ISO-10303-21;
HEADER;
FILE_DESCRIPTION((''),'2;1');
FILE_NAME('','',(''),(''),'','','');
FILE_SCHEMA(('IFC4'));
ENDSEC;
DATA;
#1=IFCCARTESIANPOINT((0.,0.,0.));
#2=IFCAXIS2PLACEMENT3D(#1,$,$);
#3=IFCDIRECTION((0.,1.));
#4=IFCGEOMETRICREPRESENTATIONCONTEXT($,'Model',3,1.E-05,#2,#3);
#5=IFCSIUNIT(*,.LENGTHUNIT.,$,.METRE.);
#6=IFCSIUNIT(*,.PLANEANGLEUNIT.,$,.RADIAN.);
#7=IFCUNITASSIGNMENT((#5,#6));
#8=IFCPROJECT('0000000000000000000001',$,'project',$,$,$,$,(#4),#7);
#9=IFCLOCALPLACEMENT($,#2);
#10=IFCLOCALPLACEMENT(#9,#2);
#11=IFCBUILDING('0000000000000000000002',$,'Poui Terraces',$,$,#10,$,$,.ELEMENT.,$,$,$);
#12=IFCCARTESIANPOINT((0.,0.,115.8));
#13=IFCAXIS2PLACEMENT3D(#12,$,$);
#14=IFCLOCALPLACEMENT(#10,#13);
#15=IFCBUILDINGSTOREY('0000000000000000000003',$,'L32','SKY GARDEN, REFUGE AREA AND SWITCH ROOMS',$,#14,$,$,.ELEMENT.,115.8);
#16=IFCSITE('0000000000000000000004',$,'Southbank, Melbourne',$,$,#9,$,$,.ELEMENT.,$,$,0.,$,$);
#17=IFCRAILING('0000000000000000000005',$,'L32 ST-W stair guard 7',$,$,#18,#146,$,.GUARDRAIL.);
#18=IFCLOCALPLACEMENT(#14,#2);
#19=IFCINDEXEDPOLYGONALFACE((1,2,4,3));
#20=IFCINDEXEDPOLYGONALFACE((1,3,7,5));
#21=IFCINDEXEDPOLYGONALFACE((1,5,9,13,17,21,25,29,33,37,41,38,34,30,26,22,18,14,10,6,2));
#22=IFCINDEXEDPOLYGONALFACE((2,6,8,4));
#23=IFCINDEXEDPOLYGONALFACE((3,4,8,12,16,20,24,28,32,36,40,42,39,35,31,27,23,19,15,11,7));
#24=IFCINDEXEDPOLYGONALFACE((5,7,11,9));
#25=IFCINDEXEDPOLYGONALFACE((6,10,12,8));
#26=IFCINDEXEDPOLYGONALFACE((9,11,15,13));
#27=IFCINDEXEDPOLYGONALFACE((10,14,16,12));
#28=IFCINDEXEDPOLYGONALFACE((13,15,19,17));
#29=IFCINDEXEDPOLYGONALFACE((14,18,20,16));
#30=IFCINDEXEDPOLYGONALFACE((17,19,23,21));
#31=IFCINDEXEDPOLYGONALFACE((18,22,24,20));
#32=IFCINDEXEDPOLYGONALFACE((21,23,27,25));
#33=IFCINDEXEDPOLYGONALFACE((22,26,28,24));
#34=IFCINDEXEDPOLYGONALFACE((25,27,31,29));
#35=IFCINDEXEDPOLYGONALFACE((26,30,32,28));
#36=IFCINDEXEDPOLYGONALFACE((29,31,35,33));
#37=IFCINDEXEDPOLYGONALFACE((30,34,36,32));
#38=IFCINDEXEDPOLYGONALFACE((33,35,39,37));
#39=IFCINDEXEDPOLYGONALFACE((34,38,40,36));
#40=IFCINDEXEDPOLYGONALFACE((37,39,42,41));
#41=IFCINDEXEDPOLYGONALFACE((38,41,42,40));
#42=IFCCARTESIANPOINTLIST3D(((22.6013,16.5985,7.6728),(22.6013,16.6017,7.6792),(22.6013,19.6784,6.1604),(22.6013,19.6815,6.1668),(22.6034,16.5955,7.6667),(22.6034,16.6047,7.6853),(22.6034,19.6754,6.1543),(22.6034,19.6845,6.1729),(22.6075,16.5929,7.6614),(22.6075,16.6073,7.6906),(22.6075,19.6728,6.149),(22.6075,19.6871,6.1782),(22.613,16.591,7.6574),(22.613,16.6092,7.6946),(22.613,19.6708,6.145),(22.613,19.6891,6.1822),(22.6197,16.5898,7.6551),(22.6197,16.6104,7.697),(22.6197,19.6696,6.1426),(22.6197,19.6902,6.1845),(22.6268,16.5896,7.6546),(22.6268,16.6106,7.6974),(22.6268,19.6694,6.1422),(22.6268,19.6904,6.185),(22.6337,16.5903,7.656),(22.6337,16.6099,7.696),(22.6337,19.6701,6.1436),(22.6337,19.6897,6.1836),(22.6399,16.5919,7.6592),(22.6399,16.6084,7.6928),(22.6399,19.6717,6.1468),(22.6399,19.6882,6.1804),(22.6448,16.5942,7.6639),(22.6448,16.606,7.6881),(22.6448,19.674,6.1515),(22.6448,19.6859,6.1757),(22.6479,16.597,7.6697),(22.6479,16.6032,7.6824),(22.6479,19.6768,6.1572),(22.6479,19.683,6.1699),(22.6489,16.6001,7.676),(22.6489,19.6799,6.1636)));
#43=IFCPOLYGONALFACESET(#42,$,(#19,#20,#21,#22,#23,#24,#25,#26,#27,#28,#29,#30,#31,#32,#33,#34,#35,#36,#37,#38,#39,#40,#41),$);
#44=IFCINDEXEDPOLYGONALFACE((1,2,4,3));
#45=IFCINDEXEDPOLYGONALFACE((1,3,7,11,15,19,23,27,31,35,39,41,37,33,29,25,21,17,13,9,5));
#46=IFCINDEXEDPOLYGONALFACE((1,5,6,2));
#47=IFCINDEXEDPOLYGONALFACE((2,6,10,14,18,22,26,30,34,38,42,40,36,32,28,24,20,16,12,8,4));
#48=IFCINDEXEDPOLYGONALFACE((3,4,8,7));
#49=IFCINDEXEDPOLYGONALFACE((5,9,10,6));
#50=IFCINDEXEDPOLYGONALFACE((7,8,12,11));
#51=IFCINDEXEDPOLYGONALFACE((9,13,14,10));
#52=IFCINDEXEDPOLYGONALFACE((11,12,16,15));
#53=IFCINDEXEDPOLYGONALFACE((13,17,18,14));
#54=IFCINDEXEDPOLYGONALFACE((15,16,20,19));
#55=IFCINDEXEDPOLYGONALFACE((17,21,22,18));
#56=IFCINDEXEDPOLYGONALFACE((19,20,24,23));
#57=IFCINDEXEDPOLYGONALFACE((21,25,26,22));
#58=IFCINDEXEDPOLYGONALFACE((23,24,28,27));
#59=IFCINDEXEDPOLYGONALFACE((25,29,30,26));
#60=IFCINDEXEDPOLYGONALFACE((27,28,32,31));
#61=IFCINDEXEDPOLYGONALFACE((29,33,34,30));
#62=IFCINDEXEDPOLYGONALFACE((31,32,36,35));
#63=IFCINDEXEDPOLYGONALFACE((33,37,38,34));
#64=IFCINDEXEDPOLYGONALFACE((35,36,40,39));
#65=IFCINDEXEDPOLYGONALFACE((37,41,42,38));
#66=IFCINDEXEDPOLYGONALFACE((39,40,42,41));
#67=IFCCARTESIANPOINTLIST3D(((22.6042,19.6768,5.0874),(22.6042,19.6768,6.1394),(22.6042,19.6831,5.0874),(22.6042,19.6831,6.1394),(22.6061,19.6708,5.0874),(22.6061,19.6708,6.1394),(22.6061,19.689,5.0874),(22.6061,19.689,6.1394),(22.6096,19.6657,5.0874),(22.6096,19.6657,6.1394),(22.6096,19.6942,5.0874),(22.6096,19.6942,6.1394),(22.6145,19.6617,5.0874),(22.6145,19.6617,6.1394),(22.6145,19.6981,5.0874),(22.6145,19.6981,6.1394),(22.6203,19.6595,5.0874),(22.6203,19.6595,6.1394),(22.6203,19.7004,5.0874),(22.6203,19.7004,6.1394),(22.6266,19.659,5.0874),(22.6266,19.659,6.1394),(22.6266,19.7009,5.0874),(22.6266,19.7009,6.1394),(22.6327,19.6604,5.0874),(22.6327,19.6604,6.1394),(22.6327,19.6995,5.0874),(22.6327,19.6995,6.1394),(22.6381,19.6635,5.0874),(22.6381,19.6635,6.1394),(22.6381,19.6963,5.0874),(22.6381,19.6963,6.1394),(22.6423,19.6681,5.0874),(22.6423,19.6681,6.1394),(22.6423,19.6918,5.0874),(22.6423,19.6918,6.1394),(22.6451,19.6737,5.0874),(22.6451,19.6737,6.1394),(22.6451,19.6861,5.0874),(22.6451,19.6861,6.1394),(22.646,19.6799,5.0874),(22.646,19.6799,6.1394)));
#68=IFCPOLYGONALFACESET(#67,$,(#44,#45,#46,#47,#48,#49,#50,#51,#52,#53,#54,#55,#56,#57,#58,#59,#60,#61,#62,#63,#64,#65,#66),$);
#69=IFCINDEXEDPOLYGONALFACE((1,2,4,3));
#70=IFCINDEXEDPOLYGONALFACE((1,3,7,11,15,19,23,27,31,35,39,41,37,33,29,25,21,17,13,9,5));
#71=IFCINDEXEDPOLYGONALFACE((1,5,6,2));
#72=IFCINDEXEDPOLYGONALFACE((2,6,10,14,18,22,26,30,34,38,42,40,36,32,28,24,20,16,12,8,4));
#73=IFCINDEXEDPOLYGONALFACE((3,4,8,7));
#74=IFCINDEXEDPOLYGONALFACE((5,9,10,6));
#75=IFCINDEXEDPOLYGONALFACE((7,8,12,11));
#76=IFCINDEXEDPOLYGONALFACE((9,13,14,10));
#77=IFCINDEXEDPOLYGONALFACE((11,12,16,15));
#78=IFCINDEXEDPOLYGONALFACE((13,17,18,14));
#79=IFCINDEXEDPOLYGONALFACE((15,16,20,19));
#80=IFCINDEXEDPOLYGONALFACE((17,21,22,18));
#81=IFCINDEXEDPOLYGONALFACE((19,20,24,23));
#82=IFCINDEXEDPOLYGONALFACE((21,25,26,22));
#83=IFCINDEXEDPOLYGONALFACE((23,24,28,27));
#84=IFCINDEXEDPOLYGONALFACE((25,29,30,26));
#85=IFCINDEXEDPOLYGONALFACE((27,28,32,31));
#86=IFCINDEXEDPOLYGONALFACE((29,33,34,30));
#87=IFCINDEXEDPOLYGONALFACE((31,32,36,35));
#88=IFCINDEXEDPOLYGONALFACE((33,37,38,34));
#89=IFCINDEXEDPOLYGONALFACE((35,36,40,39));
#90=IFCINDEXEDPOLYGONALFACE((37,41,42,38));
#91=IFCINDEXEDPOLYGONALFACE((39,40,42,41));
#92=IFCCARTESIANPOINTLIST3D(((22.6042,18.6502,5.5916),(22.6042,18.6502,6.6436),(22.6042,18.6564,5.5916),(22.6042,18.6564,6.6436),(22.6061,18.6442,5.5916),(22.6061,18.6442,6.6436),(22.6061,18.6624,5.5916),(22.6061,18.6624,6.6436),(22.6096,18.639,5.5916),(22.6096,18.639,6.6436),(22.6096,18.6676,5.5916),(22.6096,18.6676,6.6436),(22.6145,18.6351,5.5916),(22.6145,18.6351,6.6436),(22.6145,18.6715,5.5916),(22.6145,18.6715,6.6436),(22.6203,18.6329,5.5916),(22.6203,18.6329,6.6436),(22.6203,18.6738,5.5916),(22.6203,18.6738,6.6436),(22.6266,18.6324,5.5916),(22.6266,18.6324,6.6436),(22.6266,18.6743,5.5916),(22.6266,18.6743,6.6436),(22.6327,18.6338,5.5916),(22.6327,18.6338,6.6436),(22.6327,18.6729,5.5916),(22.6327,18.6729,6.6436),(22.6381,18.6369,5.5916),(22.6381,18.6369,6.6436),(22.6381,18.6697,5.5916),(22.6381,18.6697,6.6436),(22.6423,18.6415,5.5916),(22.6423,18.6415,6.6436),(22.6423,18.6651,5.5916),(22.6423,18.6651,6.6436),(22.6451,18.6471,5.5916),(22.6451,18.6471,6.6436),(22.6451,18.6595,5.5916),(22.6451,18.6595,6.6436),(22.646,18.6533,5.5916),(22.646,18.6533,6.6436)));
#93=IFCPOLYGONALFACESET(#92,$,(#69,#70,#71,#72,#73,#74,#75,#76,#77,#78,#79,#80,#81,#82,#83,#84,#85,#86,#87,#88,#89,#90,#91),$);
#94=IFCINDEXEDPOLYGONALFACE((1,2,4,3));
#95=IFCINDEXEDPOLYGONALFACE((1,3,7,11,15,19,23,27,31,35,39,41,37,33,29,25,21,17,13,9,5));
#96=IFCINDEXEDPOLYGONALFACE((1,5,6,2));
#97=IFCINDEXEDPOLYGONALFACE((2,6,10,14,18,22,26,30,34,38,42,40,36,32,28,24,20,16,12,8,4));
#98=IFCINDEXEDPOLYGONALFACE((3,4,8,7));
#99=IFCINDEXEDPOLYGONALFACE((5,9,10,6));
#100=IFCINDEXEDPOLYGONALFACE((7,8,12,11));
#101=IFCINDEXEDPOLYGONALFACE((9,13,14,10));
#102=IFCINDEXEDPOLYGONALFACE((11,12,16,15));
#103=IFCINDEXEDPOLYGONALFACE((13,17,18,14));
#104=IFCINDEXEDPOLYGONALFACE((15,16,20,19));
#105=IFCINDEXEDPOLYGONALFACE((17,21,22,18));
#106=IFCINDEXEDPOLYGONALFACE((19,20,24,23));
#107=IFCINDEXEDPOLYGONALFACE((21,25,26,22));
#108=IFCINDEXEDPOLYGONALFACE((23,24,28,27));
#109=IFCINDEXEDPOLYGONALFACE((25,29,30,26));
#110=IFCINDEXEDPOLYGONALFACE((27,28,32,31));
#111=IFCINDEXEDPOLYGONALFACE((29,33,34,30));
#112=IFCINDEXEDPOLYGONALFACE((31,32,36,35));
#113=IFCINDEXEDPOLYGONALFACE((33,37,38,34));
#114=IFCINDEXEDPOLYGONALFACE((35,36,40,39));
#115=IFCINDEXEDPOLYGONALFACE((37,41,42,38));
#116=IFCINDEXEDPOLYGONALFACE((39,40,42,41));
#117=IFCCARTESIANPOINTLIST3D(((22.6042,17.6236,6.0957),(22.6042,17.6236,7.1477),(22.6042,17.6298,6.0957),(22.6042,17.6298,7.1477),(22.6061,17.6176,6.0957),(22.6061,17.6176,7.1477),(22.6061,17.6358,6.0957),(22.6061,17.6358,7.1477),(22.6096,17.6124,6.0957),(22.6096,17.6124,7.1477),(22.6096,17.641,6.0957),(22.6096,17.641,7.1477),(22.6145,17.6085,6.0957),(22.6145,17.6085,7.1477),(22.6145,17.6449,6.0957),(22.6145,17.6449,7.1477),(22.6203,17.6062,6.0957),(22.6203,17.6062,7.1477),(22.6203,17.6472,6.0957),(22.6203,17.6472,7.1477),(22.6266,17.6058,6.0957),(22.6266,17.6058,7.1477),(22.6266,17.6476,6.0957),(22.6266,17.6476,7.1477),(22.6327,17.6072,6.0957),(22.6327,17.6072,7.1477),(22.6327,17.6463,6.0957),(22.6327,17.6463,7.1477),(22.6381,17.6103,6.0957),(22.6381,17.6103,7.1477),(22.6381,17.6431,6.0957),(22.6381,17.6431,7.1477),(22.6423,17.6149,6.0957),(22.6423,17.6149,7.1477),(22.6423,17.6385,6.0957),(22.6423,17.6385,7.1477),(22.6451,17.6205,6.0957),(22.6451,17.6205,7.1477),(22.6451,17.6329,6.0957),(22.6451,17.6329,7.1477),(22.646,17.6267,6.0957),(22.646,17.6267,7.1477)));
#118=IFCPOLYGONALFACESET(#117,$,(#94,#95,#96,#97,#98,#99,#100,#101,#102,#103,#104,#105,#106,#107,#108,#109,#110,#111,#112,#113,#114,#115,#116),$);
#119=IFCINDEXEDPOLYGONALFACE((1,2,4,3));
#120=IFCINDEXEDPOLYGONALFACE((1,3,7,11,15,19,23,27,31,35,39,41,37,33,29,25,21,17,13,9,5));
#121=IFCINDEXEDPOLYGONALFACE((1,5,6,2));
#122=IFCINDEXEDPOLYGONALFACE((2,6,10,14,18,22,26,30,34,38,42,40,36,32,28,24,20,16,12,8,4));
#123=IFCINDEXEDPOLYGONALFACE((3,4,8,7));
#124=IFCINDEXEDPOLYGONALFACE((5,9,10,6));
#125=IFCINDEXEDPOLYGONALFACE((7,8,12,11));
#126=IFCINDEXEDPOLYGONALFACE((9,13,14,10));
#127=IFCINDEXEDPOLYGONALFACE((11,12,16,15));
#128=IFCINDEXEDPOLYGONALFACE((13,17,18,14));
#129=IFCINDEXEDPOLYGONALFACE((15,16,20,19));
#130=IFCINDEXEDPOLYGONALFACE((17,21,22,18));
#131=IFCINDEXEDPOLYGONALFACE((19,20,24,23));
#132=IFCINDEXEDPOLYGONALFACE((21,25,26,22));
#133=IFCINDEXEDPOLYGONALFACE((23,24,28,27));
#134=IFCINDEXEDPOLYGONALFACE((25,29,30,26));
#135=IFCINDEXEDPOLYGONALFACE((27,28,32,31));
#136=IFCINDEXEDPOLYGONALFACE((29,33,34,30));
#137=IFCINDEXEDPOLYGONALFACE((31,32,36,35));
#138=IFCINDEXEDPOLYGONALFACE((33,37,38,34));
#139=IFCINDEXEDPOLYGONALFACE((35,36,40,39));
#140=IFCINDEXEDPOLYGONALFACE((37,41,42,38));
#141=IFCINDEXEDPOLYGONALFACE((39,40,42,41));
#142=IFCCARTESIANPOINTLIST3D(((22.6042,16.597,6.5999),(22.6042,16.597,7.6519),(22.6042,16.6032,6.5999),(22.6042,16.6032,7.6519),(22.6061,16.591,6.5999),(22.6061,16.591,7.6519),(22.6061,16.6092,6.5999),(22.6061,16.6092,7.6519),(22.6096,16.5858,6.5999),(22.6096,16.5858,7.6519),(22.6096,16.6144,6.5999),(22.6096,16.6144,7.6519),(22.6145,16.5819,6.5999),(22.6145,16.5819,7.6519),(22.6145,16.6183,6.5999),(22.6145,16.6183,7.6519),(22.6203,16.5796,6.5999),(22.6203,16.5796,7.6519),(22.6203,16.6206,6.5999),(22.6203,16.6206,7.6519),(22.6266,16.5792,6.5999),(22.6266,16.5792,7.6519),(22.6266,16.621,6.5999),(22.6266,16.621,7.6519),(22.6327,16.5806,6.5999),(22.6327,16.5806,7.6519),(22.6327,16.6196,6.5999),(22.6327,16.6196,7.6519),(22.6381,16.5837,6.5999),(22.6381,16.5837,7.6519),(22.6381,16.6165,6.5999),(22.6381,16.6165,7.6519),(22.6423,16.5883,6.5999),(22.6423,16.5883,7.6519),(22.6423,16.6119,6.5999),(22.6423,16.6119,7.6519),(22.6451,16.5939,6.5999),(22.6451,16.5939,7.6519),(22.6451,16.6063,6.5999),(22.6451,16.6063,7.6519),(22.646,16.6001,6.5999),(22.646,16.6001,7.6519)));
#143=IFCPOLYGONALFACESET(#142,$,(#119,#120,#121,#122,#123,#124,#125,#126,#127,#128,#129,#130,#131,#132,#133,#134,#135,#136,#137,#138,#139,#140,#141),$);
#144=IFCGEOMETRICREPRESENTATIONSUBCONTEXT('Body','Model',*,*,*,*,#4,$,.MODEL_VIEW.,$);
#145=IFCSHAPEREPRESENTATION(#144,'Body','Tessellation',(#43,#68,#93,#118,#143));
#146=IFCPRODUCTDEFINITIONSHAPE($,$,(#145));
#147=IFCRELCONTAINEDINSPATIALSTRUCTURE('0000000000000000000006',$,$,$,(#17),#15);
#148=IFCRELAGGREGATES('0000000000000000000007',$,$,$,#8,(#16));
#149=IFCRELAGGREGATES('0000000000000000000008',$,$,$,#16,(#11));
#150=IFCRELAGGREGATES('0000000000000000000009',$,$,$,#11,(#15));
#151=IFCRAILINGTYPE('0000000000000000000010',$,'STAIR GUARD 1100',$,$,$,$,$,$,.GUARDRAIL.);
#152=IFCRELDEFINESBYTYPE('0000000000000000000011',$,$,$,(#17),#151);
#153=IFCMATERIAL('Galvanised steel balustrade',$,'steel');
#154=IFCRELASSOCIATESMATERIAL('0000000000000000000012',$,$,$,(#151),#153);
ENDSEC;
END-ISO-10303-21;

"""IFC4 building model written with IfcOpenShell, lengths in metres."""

from ifc_helpers import new_model, si_unit, direction, frame, origin, origin_2d, place, context, subcontext, project, spatial, circle, extrude, material, type_object, element, save


model = new_model("IFC4")

# Units and contexts
model_context = context("Model", 3, precision=1e-05, world=origin(), true_north=direction((0.0, 1.0)))
body_context = subcontext(model_context, "Body", "Model", "MODEL_VIEW")
ifc_project = project(units=[si_unit("LENGTHUNIT", "METRE"), si_unit("PLANEANGLEUNIT", "RADIAN")], contexts=[model_context])

# Site, building, storey
site_placement = place(None, origin())
site = spatial("IfcSite", under=ifc_project, at=site_placement, Name="Southbank, Melbourne", CompositionType="ELEMENT", RefElevation=0.0)
building_placement = place(site_placement, origin())
building = spatial("IfcBuilding", under=site, at=building_placement, Name="Poui Terraces", CompositionType="ELEMENT")
storey_placement = place(building_placement, frame((0.0, 0.0, 115.8)))
storey = spatial("IfcBuildingStorey", under=building, at=storey_placement, Name="L32", Description="SKY GARDEN, REFUGE AREA AND SWITCH ROOMS", CompositionType="ELEMENT", Elevation=115.8)

# Railing
ifc_material_1 = material(Name="Galvanised steel balustrade", Category="steel")
railing_type_1 = type_object("IfcRailingType", Name="STAIR GUARD 1100", PredefinedType="GUARDRAIL", material=ifc_material_1)
railing_1_placement = place(storey_placement, frame((22.625, 19.6799, 5.0874)))
element("IfcRailing", 1, at=railing_1_placement, inside=storey, type_object=railing_type_1, Name="L32 ST-W stair guard 7", PredefinedType="GUARDRAIL", context=body_context, shape_type="SweptSolid", body=[
    extrude(circle(Radius=0.0239, at=origin_2d()), frame((0.0, 0.0, 1.0762), z_axis=(0.0, -0.897606, 0.440798), x_axis=(1.0, 0.0, 0.0)), (0.0, 0.0, 1.0), 3.4312),
    extrude(circle(Radius=0.021, at=origin_2d()), origin(), (0.0, 0.0, 1.0), 1.052),
    extrude(circle(Radius=0.021, at=origin_2d()), frame((0.0, -1.0266, 0.5042)), (0.0, 0.0, 1.0), 1.052),
    extrude(circle(Radius=0.021, at=origin_2d()), frame((0.0, -2.0532, 1.0083)), (0.0, 0.0, 1.0), 1.052),
    extrude(circle(Radius=0.021, at=origin_2d()), frame((0.0, -3.0798, 1.5125)), (0.0, 0.0, 1.0), 1.052),
])

save(model, "model.ifc")
